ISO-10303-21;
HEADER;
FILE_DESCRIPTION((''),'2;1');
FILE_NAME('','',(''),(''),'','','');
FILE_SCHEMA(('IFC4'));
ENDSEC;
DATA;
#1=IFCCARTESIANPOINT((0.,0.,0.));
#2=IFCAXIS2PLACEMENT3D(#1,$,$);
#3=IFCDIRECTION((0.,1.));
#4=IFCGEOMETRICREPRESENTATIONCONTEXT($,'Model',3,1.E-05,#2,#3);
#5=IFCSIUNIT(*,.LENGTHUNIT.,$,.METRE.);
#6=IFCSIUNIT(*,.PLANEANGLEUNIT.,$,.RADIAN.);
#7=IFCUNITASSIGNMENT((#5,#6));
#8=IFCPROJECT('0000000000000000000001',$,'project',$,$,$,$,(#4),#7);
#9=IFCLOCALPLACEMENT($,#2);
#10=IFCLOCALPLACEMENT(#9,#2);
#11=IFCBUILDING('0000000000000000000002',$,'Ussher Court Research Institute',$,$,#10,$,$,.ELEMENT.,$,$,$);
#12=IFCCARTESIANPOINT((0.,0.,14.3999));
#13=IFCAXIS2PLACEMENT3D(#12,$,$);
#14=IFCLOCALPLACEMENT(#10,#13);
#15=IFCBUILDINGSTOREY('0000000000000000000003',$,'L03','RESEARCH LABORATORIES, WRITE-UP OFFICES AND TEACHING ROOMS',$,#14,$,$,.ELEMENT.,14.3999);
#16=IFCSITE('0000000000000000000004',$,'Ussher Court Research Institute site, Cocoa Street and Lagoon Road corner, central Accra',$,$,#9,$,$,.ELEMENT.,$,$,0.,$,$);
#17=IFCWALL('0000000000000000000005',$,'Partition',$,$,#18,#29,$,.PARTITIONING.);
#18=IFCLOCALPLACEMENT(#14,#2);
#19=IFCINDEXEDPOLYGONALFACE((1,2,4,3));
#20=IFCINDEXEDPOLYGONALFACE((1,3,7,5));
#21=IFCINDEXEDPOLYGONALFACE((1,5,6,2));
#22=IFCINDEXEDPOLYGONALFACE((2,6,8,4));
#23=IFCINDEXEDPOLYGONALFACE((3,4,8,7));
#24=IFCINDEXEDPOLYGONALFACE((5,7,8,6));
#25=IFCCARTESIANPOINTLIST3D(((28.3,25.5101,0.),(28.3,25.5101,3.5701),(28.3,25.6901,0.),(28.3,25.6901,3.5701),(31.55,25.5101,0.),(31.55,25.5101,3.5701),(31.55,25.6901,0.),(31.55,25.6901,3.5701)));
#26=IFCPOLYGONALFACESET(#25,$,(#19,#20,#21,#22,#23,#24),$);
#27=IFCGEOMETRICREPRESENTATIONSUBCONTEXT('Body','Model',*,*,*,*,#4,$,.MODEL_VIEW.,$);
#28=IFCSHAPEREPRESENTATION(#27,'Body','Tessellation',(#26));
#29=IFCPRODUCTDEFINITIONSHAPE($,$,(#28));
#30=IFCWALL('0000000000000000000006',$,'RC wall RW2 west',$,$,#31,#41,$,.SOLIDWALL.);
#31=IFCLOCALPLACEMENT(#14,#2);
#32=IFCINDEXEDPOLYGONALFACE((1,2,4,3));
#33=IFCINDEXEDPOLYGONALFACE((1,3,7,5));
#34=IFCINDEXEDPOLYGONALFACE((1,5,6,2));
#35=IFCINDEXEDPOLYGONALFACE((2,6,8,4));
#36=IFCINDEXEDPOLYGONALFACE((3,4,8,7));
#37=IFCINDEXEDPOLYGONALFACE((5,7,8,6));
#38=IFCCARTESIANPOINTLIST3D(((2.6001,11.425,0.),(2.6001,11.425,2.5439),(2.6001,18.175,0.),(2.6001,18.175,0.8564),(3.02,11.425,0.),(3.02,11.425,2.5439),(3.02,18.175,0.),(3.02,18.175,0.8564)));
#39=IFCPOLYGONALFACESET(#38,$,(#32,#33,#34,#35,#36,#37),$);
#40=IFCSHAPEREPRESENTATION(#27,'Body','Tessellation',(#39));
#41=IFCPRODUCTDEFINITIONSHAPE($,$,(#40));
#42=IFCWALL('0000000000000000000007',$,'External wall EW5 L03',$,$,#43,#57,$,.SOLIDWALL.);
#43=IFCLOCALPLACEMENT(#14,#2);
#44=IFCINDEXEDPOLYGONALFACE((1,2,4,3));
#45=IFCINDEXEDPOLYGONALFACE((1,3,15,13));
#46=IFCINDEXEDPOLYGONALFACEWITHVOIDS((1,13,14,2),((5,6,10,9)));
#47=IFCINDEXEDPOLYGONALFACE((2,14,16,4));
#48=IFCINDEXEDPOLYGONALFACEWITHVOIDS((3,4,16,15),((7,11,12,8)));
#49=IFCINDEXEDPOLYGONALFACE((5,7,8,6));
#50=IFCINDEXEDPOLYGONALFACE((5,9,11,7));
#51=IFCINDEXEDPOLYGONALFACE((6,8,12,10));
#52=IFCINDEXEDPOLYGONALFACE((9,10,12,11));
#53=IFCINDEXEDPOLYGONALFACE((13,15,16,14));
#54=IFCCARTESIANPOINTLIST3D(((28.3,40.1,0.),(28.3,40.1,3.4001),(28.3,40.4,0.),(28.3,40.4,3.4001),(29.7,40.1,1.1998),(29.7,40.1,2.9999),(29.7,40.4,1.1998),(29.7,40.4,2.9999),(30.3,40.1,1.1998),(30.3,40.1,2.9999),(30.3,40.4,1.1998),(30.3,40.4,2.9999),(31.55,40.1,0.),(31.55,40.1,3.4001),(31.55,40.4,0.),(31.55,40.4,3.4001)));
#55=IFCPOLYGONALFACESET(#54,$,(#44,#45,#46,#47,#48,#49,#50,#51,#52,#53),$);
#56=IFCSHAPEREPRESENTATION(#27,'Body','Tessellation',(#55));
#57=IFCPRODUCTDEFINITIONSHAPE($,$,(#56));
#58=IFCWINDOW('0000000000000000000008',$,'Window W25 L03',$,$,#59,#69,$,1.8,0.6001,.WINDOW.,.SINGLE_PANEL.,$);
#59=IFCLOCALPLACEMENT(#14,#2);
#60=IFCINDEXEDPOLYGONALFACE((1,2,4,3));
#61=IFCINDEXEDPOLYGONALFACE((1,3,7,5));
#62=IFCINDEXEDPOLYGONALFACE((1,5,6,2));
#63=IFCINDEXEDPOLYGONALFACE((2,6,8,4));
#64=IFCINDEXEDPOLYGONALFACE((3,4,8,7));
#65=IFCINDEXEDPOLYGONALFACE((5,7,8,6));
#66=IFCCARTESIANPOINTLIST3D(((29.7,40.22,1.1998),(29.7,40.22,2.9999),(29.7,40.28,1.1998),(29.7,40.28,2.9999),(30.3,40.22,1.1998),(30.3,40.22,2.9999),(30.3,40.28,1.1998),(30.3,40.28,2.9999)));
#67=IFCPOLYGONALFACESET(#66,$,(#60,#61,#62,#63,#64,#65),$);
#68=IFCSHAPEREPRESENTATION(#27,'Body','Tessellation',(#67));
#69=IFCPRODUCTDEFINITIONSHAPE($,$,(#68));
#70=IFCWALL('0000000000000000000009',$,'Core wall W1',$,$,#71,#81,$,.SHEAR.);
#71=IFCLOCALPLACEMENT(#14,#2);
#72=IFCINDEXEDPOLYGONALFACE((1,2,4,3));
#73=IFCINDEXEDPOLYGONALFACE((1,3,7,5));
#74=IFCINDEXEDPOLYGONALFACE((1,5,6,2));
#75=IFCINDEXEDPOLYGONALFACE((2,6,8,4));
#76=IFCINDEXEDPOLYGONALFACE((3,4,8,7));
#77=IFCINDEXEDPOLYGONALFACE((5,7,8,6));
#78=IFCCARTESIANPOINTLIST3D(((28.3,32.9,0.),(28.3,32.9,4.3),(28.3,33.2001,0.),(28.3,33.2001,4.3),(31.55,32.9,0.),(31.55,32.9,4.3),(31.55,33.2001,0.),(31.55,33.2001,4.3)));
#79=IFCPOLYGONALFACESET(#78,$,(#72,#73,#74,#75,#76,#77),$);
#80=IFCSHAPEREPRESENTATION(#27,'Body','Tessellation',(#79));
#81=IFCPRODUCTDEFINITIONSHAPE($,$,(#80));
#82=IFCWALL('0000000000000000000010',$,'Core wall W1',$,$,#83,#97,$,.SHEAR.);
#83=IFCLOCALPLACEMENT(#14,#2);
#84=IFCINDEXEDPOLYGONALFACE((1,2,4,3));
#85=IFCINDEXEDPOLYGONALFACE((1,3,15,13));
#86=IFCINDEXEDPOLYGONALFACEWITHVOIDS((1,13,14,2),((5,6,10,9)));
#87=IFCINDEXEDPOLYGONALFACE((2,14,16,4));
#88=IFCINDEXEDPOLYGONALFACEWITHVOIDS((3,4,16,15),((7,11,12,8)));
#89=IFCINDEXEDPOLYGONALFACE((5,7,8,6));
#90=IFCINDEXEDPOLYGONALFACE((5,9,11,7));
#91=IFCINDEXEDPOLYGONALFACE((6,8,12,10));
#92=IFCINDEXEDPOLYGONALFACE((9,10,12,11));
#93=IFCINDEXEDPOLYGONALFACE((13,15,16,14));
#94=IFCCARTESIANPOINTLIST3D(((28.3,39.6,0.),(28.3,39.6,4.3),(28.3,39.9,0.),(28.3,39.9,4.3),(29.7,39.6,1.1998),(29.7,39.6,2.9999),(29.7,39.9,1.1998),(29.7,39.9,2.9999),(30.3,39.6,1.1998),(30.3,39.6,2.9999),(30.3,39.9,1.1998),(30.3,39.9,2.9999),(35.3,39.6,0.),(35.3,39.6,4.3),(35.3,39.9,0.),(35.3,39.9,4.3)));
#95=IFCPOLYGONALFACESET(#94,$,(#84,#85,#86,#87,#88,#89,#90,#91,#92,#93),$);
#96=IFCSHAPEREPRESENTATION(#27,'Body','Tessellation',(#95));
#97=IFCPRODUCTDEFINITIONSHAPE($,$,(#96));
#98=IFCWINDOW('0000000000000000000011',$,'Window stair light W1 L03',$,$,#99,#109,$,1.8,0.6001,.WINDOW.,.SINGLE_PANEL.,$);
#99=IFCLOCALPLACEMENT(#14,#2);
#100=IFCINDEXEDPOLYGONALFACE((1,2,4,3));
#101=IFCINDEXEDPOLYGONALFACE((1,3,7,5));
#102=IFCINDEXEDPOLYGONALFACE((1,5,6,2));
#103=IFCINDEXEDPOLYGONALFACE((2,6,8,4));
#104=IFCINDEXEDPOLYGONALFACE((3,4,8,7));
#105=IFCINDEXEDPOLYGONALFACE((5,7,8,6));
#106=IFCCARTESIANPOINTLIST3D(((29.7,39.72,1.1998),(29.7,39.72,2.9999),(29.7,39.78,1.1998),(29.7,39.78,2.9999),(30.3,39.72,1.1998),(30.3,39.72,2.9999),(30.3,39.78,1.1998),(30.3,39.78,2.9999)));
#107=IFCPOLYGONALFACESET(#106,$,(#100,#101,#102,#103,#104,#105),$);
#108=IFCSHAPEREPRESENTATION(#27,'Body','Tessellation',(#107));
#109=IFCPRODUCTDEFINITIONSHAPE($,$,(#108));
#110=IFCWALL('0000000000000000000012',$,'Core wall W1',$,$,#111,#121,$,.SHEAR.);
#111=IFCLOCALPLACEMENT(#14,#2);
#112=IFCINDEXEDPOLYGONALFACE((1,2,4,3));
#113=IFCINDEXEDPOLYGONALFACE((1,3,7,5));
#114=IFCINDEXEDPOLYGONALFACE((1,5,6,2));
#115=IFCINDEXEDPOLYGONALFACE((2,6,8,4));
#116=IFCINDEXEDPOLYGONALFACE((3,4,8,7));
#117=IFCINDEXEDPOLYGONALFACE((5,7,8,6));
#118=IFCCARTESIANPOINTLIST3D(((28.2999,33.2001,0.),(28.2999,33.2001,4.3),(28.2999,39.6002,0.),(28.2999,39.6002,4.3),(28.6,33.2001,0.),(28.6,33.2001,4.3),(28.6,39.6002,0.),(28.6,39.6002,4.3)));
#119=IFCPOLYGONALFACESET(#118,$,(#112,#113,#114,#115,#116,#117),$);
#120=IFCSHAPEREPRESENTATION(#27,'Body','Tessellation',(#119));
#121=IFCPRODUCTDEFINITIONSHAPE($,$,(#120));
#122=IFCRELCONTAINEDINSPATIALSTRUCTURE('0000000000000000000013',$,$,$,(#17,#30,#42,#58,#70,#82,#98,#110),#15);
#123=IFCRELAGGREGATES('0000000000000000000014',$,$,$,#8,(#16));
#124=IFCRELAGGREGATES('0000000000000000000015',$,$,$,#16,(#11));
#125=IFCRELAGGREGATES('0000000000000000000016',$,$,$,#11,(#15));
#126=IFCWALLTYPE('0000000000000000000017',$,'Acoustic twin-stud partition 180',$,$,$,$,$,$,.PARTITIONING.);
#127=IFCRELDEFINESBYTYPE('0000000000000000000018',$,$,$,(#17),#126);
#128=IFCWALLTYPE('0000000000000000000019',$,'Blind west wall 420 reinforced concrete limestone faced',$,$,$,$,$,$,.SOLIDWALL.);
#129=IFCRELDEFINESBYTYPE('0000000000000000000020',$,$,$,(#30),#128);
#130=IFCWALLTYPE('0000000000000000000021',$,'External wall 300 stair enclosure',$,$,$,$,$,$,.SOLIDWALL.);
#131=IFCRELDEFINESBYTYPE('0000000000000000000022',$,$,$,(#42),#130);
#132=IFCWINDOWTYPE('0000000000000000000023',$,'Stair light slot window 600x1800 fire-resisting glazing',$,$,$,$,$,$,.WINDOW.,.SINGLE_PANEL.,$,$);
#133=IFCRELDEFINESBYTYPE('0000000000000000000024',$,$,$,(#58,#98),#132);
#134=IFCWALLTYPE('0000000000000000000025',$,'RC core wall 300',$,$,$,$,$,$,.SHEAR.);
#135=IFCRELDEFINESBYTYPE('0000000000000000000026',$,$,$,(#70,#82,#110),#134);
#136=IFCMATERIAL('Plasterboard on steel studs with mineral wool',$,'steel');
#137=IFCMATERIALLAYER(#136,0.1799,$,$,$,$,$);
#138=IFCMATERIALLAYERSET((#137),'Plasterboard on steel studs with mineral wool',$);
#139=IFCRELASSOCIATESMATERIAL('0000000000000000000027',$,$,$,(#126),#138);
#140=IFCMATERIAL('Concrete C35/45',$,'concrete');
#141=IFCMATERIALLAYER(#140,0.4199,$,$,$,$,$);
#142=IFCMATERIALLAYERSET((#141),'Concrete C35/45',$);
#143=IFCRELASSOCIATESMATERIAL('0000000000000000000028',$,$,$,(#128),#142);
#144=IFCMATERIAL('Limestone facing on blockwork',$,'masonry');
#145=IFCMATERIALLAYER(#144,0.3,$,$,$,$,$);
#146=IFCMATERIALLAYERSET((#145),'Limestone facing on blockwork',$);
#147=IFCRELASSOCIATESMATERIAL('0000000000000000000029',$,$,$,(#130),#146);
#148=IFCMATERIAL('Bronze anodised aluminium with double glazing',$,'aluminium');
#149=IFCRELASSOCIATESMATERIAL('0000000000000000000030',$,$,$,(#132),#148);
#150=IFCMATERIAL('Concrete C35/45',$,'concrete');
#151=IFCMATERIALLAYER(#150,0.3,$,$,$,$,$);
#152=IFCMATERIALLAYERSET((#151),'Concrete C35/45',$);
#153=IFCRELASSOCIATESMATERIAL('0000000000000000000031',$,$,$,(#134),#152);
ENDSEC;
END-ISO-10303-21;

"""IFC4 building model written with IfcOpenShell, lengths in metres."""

from ifc_helpers import new_model, si_unit, direction, frame, frame_2d, origin, place, context, subcontext, project, spatial, polyline, rectangle, outline, extrude, material, layer, layer_set, type_object, element, fill, save


model = new_model("IFC4")

# Units and contexts
model_context = context("Model", 3, precision=1e-05, world=origin(), true_north=direction((0.0, 1.0)))
body_context = subcontext(model_context, "Body", "Model", "MODEL_VIEW")
ifc_project = project(units=[si_unit("LENGTHUNIT", "METRE"), si_unit("PLANEANGLEUNIT", "RADIAN")], contexts=[model_context])

# Site, building, storey
site_placement = place(None, origin())
site = spatial("IfcSite", under=ifc_project, at=site_placement, Name="Ussher Court Research Institute site, Cocoa Street and Lagoon Road corner, central Accra", CompositionType="ELEMENT", RefElevation=0.0)
building_placement = place(site_placement, origin())
building = spatial("IfcBuilding", under=site, at=building_placement, Name="Ussher Court Research Institute", CompositionType="ELEMENT")
storey_placement = place(building_placement, frame((0.0, 0.0, 14.3999)))
storey = spatial("IfcBuildingStorey", under=building, at=storey_placement, Name="L03", Description="RESEARCH LABORATORIES, WRITE-UP OFFICES AND TEACHING ROOMS", CompositionType="ELEMENT", Elevation=14.3999)

# Walls
ifc_material_1 = material(Name="Plasterboard on steel studs with mineral wool", Category="steel")
ifc_layer_1 = layer(ifc_material_1, 0.1799)
ifc_layer_set_1 = layer_set([ifc_layer_1], Name="Plasterboard on steel studs with mineral wool")
wall_type_1 = type_object("IfcWallType", Name="Acoustic twin-stud partition 180", PredefinedType="PARTITIONING", material=ifc_layer_set_1)
for number, where, z_axis, x_axis, name in (
    (1, (28.3, 25.6001, 0.0), (0.0, 0.0, 1.0), (1.0, 0.0, 0.0), "Partition"),
):
    element("IfcWall", number, at=place(storey_placement, frame(where, z_axis=z_axis, x_axis=x_axis)), inside=storey, type_object=wall_type_1, Name=name, PredefinedType="PARTITIONING", context=body_context, shape_type="SweptSolid", body=[
        extrude(rectangle(XDim=3.25, YDim=0.1799, at=frame_2d((1.625, 0.0))), origin(), (0.0, 0.0, 1.0), 3.5701),
    ])
ifc_material_2 = material(Name="Concrete C35/45", Category="concrete")
ifc_layer_2 = layer(ifc_material_2, 0.4199)
ifc_layer_set_2 = layer_set([ifc_layer_2], Name="Concrete C35/45")
wall_type_2 = type_object("IfcWallType", Name="Blind west wall 420 reinforced concrete limestone faced", PredefinedType="SOLIDWALL", material=ifc_layer_set_2)
wall_1_placement = place(storey_placement, frame((2.8101, 11.425, 0.0), z_axis=(0.0, 0.0, 1.0), x_axis=(0.0, 1.0, 0.0)))
element("IfcWall", 2, at=wall_1_placement, inside=storey, type_object=wall_type_2, Name="RC wall RW2 west", PredefinedType="SOLIDWALL", context=body_context, shape_type="SweptSolid", body=[
    extrude(outline(polyline([(0.0, 0.0), (6.75, 0.0), (6.75, 0.8564), (0.0, 2.5439), (0.0, 0.0)])), frame((0.0, 0.21, 0.0), z_axis=(0.0, -1.0, 0.0), x_axis=(1.0, 0.0, 0.0)), (0.0, 0.0, 1.0), 0.4199),
])

# Wall, opening, window
ifc_material_3 = material(Name="Limestone facing on blockwork", Category="masonry")
ifc_layer_3 = layer(ifc_material_3, 0.3)
ifc_layer_set_3 = layer_set([ifc_layer_3], Name="Limestone facing on blockwork")
wall_type_3 = type_object("IfcWallType", Name="External wall 300 stair enclosure", PredefinedType="SOLIDWALL", material=ifc_layer_set_3)
wall_2_placement = place(storey_placement, frame((28.3, 40.25, 0.0), z_axis=(0.0, 0.0, 1.0), x_axis=(1.0, 0.0, 0.0)))
wall_2 = element("IfcWall", 3, at=wall_2_placement, inside=storey, type_object=wall_type_3, Name="External wall EW5 L03", PredefinedType="SOLIDWALL", context=body_context, shape_type="SweptSolid", body=[
    extrude(rectangle(XDim=3.25, YDim=0.3, at=frame_2d((1.625, 0.0))), origin(), (0.0, 0.0, 1.0), 3.4001),
])
opening_1_placement = place(wall_2_placement, frame((1.3999, 0.0, 1.2)))
opening_1 = element("IfcOpeningElement", 4, at=opening_1_placement, cuts=wall_2, PredefinedType="OPENING", context=body_context, shape_type="SweptSolid", body=[
    extrude(rectangle(XDim=0.6001, YDim=1.8, at=frame_2d((0.3, 0.8999))), frame((0.0, 0.1602, 0.0), z_axis=(0.0, -1.0, 0.0), x_axis=(1.0, 0.0, 0.0)), (0.0, 0.0, 1.0), 0.3201),
])
ifc_material_4 = material(Name="Bronze anodised aluminium with double glazing", Category="aluminium")
window_type = type_object("IfcWindowType", Name="Stair light slot window 600x1800 fire-resisting glazing", PartitioningType="SINGLE_PANEL", PredefinedType="WINDOW", material=ifc_material_4)
window_1_placement = place(opening_1_placement, origin())
window_1 = element("IfcWindow", 5, at=window_1_placement, inside=storey, type_object=window_type, Name="Window W25 L03", OverallHeight=1.8, OverallWidth=0.6001, PartitioningType="SINGLE_PANEL", PredefinedType="WINDOW", context=body_context, shape_type="SweptSolid", body=[
    extrude(rectangle(XDim=0.6001, YDim=1.8, at=frame_2d((0.3, 0.8999))), frame((0.0, 0.03, 0.0), z_axis=(0.0, -1.0, 0.0), x_axis=(1.0, 0.0, 0.0)), (0.0, 0.0, 1.0), 0.0601),
])
fill(opening_1, window_1)

# Wall
ifc_material_5 = material(Name="Concrete C35/45", Category="concrete")
ifc_layer_4 = layer(ifc_material_5, 0.3)
ifc_layer_set_4 = layer_set([ifc_layer_4], Name="Concrete C35/45")
wall_type_4 = type_object("IfcWallType", Name="RC core wall 300", PredefinedType="SHEAR", material=ifc_layer_set_4)
wall_3_placement = place(storey_placement, frame((28.3, 33.05, 0.0), z_axis=(0.0, 0.0, 1.0), x_axis=(1.0, 0.0, 0.0)))
element("IfcWall", 6, at=wall_3_placement, inside=storey, type_object=wall_type_4, Name="Core wall W1", PredefinedType="SHEAR", context=body_context, shape_type="SweptSolid", body=[
    extrude(rectangle(XDim=3.25, YDim=0.3, at=frame_2d((1.625, 0.0))), origin(), (0.0, 0.0, 1.0), 4.3),
])

# Wall, opening, window
wall_4_placement = place(storey_placement, frame((28.3, 39.75, 0.0), z_axis=(0.0, 0.0, 1.0), x_axis=(1.0, 0.0, 0.0)))
wall_4 = element("IfcWall", 7, at=wall_4_placement, inside=storey, type_object=wall_type_4, Name="Core wall W1", PredefinedType="SHEAR", context=body_context, shape_type="SweptSolid", body=[
    extrude(rectangle(XDim=7.0, YDim=0.3, at=frame_2d((3.5, 0.0))), origin(), (0.0, 0.0, 1.0), 4.3),
])
opening_2_placement = place(wall_4_placement, frame((1.3999, 0.0, 1.2)))
opening_2 = element("IfcOpeningElement", 8, at=opening_2_placement, cuts=wall_4, PredefinedType="OPENING", context=body_context, shape_type="SweptSolid", body=[
    extrude(rectangle(XDim=0.6001, YDim=1.8, at=frame_2d((0.3, 0.8999))), frame((0.0, 0.1602, 0.0), z_axis=(0.0, -1.0, 0.0), x_axis=(1.0, 0.0, 0.0)), (0.0, 0.0, 1.0), 0.3201),
])
window_2_placement = place(opening_2_placement, origin())
window_2 = element("IfcWindow", 9, at=window_2_placement, inside=storey, type_object=window_type, Name="Window stair light W1 L03", OverallHeight=1.8, OverallWidth=0.6001, PartitioningType="SINGLE_PANEL", PredefinedType="WINDOW", context=body_context, shape_type="SweptSolid", body=[
    extrude(rectangle(XDim=0.6001, YDim=1.8, at=frame_2d((0.3, 0.8999))), frame((0.0, 0.03, 0.0), z_axis=(0.0, -1.0, 0.0), x_axis=(1.0, 0.0, 0.0)), (0.0, 0.0, 1.0), 0.0601),
])
fill(opening_2, window_2)

# Wall
wall_5_placement = place(storey_placement, frame((28.45, 33.2, 0.0), z_axis=(0.0, 0.0, 1.0), x_axis=(0.0, 1.0, 0.0)))
element("IfcWall", 10, at=wall_5_placement, inside=storey, type_object=wall_type_4, Name="Core wall W1", PredefinedType="SHEAR", context=body_context, shape_type="SweptSolid", body=[
    extrude(rectangle(XDim=6.4001, YDim=0.3, at=frame_2d((3.2002, 0.0))), origin(), (0.0, 0.0, 1.0), 4.3),
])

save(model, "model.ifc")
